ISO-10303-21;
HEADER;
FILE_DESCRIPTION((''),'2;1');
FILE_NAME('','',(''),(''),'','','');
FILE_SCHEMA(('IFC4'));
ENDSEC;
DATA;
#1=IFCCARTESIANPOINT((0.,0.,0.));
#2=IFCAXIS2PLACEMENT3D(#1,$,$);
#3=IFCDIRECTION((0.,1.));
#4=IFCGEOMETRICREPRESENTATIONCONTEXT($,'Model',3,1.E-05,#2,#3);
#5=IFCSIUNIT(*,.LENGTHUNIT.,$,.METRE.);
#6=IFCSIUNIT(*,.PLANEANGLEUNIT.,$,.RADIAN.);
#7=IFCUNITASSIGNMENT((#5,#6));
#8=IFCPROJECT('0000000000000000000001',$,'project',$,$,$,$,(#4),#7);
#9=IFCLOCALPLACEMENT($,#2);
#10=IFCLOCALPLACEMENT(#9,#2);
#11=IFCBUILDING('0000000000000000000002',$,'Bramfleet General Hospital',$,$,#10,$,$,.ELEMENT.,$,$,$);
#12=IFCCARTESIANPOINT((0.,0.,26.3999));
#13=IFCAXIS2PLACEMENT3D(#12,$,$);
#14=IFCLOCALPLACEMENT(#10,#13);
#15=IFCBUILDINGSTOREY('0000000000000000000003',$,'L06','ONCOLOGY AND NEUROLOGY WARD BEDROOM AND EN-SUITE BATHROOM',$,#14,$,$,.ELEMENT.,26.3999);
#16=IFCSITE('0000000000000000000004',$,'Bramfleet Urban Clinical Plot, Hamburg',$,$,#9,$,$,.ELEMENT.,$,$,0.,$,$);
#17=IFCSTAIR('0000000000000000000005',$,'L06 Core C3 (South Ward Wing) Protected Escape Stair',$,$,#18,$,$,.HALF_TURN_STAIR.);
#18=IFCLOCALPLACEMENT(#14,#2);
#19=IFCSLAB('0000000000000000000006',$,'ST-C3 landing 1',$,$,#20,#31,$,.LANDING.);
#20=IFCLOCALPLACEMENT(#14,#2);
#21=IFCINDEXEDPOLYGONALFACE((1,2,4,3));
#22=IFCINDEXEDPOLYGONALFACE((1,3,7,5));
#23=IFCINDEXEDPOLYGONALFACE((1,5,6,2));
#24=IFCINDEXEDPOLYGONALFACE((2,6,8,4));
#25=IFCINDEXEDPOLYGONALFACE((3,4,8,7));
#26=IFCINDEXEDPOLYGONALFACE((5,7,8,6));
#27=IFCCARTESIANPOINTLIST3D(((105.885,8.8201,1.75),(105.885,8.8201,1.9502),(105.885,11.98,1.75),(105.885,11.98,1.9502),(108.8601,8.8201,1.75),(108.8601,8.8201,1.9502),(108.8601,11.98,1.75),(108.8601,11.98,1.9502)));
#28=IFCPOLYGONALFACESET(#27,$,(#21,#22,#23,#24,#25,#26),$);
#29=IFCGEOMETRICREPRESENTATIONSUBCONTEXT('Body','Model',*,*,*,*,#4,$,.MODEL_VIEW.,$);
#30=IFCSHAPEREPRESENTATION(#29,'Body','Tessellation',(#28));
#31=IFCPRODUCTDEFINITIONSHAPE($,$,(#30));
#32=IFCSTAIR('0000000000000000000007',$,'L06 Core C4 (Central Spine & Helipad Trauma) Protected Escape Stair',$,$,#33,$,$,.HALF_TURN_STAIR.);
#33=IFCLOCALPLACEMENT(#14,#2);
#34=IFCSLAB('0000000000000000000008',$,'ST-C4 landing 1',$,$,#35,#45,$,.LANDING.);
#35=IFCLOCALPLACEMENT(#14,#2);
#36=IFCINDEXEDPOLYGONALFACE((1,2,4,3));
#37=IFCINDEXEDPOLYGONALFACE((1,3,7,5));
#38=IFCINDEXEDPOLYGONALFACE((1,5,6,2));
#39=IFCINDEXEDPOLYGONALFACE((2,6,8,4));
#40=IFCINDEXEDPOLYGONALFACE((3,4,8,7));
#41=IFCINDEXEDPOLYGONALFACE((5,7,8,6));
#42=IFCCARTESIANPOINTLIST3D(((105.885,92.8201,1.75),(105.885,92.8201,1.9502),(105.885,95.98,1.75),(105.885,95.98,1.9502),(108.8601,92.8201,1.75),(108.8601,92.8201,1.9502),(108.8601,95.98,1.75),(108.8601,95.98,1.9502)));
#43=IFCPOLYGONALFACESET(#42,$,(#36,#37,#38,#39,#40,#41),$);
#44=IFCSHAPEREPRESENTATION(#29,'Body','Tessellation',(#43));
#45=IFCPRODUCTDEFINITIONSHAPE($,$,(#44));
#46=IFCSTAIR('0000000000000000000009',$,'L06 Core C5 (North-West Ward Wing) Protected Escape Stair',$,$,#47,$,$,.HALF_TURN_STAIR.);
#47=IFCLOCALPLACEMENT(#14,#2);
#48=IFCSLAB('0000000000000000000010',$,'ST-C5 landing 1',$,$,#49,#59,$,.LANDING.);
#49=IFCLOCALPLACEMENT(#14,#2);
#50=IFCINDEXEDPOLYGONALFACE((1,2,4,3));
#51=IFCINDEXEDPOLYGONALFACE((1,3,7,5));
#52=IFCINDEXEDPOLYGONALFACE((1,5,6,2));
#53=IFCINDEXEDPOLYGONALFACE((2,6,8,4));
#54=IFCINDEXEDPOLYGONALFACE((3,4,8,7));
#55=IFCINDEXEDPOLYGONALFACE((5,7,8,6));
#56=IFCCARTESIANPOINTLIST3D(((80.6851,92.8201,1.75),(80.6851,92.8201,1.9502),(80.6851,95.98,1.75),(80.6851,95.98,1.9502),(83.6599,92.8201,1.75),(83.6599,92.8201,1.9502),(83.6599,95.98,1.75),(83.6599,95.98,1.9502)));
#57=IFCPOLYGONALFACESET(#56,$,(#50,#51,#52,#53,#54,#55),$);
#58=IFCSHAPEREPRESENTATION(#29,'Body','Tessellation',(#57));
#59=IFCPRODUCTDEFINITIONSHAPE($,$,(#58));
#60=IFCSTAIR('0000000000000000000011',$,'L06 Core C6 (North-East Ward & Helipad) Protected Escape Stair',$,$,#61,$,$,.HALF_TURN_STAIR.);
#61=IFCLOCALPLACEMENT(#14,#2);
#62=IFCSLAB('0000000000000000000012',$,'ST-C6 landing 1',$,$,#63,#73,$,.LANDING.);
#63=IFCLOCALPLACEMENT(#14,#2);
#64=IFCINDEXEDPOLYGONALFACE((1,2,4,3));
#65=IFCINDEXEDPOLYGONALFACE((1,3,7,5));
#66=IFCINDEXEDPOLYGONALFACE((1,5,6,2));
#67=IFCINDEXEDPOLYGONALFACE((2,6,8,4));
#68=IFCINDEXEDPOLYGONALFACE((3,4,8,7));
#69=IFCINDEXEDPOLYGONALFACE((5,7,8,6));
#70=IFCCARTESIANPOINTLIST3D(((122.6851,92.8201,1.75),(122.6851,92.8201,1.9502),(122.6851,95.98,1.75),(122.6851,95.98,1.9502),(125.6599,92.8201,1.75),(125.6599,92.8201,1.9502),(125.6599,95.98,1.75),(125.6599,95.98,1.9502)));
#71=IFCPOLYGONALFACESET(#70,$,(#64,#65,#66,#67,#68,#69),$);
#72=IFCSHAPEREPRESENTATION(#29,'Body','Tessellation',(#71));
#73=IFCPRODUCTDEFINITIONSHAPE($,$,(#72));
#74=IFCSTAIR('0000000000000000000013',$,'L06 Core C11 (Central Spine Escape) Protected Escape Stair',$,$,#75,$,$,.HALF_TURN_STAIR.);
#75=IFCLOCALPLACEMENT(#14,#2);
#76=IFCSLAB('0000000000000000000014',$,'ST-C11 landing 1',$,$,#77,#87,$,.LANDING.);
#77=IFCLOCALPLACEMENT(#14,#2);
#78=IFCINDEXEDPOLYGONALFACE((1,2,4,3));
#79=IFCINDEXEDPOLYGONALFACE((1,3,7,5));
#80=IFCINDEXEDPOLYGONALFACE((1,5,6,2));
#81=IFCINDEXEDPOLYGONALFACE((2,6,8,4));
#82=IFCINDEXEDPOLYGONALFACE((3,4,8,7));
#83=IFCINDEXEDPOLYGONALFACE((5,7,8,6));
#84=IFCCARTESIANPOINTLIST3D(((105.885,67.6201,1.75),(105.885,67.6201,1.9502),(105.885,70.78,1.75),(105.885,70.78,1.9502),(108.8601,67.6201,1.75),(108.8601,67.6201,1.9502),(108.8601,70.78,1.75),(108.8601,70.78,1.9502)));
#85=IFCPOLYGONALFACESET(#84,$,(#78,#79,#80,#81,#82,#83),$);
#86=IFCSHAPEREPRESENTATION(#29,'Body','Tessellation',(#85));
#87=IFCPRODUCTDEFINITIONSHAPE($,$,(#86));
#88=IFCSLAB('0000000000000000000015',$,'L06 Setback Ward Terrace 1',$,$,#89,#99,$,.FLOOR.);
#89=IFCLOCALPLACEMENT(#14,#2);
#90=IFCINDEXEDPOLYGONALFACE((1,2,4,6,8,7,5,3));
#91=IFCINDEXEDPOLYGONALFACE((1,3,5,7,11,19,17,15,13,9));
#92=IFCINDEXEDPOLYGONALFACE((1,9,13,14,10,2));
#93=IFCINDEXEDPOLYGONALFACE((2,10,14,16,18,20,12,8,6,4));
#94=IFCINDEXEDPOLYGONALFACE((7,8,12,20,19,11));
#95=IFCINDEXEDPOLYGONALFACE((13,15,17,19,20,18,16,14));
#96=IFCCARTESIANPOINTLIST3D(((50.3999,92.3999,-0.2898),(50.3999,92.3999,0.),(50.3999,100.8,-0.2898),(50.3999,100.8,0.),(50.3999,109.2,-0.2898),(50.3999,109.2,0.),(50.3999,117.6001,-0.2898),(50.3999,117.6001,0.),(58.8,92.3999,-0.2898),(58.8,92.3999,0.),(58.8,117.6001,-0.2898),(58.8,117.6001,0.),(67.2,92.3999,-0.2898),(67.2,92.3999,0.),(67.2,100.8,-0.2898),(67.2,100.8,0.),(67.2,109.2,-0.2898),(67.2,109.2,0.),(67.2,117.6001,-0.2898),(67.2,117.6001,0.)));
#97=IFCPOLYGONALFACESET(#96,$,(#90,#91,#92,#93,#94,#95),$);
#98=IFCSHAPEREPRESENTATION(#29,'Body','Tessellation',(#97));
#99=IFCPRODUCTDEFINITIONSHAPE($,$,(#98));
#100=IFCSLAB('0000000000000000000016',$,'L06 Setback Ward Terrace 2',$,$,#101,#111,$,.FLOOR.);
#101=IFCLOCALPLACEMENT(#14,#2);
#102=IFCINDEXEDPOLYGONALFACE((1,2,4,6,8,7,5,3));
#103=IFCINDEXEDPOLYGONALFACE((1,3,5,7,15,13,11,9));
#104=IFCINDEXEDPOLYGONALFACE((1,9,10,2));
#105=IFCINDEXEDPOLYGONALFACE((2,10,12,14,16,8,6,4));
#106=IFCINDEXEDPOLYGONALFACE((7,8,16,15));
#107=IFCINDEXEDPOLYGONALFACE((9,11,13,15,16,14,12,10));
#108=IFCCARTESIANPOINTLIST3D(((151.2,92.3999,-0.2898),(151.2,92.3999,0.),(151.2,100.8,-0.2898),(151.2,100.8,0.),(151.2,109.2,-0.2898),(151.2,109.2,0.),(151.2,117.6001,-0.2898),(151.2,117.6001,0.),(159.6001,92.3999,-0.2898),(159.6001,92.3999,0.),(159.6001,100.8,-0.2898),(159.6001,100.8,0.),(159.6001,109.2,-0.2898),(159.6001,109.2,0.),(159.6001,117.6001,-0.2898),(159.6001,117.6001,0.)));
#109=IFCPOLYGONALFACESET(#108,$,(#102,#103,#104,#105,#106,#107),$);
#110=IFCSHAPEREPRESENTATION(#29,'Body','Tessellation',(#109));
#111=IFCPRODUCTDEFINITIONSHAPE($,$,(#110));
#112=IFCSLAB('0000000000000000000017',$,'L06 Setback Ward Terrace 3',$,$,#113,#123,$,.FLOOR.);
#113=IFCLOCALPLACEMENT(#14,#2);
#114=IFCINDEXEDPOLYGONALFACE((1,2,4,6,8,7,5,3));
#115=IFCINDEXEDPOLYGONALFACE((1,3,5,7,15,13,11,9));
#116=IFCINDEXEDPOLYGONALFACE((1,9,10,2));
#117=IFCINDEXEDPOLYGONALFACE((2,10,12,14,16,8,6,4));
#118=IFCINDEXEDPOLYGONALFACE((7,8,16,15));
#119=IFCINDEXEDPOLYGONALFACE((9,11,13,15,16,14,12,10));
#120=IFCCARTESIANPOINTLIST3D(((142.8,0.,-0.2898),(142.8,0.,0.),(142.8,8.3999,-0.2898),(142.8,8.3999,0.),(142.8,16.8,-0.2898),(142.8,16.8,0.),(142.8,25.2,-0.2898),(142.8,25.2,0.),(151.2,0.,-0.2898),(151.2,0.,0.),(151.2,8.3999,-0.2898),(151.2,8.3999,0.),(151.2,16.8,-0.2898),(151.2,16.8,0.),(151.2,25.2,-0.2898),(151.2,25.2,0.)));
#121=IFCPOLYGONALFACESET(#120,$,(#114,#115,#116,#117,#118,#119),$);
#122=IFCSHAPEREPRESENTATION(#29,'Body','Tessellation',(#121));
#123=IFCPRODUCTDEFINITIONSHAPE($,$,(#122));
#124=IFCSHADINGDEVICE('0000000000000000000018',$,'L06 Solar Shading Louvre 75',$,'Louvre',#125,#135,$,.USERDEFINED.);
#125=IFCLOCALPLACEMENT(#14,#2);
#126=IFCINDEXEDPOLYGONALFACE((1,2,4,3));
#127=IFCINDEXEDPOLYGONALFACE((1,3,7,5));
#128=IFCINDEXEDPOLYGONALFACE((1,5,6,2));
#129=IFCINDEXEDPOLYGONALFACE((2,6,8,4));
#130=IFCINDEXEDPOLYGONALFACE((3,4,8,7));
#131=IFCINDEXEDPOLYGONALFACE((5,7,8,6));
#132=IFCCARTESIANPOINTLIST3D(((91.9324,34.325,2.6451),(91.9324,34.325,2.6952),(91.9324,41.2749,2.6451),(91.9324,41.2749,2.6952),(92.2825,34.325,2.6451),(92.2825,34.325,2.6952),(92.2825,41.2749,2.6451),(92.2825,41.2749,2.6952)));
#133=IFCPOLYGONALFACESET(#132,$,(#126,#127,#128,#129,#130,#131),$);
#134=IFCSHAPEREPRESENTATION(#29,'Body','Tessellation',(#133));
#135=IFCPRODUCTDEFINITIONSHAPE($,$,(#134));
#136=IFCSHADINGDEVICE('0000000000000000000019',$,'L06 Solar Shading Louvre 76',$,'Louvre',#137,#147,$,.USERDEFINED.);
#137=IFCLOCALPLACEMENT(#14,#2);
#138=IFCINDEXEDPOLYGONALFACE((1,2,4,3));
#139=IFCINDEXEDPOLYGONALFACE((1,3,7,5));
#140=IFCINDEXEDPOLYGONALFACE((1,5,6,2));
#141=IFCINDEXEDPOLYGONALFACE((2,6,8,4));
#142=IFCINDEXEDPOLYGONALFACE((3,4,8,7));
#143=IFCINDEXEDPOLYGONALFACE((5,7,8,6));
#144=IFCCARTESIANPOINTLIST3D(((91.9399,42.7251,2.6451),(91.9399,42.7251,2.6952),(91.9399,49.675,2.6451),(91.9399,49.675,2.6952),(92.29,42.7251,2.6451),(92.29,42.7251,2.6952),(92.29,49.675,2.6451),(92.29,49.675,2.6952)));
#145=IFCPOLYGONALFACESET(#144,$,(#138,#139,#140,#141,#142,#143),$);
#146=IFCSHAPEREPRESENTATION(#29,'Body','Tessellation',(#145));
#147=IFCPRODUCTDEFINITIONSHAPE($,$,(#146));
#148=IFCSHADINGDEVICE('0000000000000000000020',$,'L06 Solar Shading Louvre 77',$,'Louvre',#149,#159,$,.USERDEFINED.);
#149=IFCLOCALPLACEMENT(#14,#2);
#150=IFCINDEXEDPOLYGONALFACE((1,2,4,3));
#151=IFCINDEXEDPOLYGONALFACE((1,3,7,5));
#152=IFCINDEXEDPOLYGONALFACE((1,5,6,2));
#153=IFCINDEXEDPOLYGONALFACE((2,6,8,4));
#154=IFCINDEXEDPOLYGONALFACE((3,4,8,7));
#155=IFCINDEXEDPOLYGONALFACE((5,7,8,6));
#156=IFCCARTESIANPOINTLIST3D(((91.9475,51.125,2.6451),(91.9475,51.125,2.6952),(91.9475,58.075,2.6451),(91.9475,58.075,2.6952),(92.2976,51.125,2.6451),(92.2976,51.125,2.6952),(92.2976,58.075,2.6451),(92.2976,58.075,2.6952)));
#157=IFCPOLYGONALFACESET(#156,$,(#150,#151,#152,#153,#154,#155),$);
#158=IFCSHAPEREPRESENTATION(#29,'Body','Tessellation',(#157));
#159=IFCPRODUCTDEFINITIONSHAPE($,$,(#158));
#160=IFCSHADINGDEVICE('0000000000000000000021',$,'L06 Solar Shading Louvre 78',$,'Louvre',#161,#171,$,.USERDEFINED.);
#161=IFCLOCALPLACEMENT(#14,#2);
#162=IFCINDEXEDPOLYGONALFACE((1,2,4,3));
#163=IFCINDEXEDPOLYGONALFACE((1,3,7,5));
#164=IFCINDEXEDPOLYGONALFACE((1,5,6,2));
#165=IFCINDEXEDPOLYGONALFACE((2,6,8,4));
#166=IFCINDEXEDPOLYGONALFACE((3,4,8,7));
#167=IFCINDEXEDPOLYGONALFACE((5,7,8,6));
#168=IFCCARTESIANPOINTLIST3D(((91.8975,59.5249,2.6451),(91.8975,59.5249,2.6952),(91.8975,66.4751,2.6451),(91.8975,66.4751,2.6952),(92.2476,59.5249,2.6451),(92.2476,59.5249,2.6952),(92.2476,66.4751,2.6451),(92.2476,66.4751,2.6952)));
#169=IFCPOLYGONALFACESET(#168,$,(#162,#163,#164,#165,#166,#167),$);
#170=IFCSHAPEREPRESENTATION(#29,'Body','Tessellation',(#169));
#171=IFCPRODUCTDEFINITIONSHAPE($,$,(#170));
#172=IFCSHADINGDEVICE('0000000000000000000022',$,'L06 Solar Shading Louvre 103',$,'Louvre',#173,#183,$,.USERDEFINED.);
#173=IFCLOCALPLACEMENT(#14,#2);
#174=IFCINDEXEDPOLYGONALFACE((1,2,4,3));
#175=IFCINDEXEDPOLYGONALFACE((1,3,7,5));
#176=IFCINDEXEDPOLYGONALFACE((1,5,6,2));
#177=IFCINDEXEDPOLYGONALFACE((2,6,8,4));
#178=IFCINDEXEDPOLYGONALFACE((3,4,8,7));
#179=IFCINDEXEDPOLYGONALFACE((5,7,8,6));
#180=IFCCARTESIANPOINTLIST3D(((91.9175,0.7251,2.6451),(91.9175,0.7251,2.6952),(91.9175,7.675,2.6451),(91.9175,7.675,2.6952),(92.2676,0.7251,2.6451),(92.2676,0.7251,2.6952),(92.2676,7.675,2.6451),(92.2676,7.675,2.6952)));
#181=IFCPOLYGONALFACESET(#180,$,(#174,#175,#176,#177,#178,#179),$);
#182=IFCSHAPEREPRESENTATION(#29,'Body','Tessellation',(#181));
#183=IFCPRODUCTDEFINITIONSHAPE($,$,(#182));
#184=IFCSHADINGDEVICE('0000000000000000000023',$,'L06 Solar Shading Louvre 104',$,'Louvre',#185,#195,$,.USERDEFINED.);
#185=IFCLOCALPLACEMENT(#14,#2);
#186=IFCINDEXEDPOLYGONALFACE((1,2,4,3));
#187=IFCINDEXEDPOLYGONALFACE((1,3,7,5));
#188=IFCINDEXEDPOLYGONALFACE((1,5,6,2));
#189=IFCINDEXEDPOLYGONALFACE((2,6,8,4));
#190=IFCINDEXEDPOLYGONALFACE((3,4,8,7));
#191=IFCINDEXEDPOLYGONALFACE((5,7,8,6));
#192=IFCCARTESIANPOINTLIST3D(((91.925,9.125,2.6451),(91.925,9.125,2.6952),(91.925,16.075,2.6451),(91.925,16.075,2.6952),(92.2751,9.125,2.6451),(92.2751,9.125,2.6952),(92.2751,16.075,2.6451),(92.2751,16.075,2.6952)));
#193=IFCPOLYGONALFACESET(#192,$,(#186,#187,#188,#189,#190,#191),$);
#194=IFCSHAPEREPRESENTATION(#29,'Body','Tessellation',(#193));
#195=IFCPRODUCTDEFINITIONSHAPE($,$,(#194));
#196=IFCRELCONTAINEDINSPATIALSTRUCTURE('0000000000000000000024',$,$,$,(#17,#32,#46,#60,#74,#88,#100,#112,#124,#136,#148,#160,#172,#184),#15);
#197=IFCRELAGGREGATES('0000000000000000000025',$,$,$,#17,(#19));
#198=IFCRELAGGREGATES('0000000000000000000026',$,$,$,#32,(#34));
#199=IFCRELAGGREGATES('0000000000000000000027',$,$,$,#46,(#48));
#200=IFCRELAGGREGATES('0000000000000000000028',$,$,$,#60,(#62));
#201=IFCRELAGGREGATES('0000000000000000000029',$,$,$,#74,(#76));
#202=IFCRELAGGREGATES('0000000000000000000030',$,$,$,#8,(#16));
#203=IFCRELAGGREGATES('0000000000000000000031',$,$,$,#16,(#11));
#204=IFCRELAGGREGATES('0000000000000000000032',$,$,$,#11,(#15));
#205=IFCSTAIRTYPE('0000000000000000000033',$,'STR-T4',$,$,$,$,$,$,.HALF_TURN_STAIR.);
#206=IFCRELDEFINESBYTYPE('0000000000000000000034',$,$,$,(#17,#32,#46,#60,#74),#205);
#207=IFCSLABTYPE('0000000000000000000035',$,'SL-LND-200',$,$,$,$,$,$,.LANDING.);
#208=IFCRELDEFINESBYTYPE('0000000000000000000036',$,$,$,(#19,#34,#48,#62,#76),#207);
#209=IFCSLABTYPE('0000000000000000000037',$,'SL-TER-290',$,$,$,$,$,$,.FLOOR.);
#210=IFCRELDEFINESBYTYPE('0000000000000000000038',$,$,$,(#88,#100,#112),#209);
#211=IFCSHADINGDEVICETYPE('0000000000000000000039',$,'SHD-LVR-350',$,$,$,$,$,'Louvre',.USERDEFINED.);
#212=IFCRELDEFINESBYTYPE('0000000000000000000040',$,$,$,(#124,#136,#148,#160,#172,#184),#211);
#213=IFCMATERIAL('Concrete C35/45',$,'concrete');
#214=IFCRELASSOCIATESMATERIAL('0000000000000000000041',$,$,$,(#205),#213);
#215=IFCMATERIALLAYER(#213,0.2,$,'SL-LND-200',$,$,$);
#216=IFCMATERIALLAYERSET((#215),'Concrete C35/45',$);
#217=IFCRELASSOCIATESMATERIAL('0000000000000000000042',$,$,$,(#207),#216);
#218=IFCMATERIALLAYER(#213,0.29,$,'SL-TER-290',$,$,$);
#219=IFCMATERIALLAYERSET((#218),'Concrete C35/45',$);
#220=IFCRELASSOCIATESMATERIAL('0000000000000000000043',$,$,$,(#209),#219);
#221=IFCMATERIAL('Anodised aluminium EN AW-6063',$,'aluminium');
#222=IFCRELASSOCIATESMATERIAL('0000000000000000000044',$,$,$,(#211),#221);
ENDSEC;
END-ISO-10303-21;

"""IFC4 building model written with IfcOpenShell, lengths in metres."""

from ifc_helpers import new_model, si_unit, direction, frame, origin, origin_2d, place, context, subcontext, project, spatial, polyline, rectangle, outline, extrude, material, layer, layer_set, material_profile, profile_set, type_object, element, aggregate, save


model = new_model("IFC4")

# Units and contexts
model_context = context("Model", 3, precision=1e-05, world=origin(), true_north=direction((0.0, 1.0)))
body_context = subcontext(model_context, "Body", "Model", "MODEL_VIEW")
ifc_project = project(units=[si_unit("LENGTHUNIT", "METRE"), si_unit("PLANEANGLEUNIT", "RADIAN")], contexts=[model_context])

# Site, building, storey
site_placement = place(None, origin())
site = spatial("IfcSite", under=ifc_project, at=site_placement, Name="Bramfleet Urban Clinical Plot, Hamburg", CompositionType="ELEMENT", RefElevation=0.0)
building_placement = place(site_placement, origin())
building = spatial("IfcBuilding", under=site, at=building_placement, Name="Bramfleet General Hospital", CompositionType="ELEMENT")
storey_placement = place(building_placement, frame((0.0, 0.0, 26.3999)))
storey = spatial("IfcBuildingStorey", under=building, at=storey_placement, Name="L06", Description="ONCOLOGY AND NEUROLOGY WARD BEDROOM AND EN-SUITE BATHROOM", CompositionType="ELEMENT", Elevation=26.3999)

# Shared definitions
ifc_material_1 = material(Name="Concrete C35/45", Category="concrete")

# Stairs, slabs
stair_type = type_object("IfcStairType", Name="STR-T4", PredefinedType="HALF_TURN_STAIR", material=ifc_material_1)
stair_1_placement = place(storey_placement, origin())
stair_1 = element("IfcStair", 1, at=stair_1_placement, inside=storey, type_object=stair_type, Name="L06 Core C3 (South Ward Wing) Protected Escape Stair", PredefinedType="HALF_TURN_STAIR")
ifc_layer_1 = layer(ifc_material_1, 0.2, Name="SL-LND-200")
ifc_layer_set_1 = layer_set([ifc_layer_1], Name="Concrete C35/45")
slab_type_1 = type_object("IfcSlabType", Name="SL-LND-200", PredefinedType="LANDING", material=ifc_layer_set_1)
slab_1_placement = place(storey_placement, frame((0.0, 0.0, 1.75)))
slab_1 = element("IfcSlab", 2, at=slab_1_placement, type_object=slab_type_1, Name="ST-C3 landing 1", PredefinedType="LANDING", context=body_context, shape_type="SweptSolid", body=[
    extrude(outline(polyline([(105.885, 8.8201), (108.8601, 8.8201), (108.8601, 11.98), (105.885, 11.98), (105.885, 8.8201)])), origin(), (0.0, 0.0, 1.0), 0.2002),
])
aggregate(stair_1, [slab_1])
stair_2_placement = place(storey_placement, origin())
stair_2 = element("IfcStair", 3, at=stair_2_placement, inside=storey, type_object=stair_type, Name="L06 Core C4 (Central Spine & Helipad Trauma) Protected Escape Stair", PredefinedType="HALF_TURN_STAIR")
slab_2_placement = place(storey_placement, frame((0.0, 0.0, 1.75)))
slab_2 = element("IfcSlab", 4, at=slab_2_placement, type_object=slab_type_1, Name="ST-C4 landing 1", PredefinedType="LANDING", context=body_context, shape_type="SweptSolid", body=[
    extrude(outline(polyline([(105.885, 92.8201), (108.8601, 92.8201), (108.8601, 95.98), (105.885, 95.98), (105.885, 92.8201)])), origin(), (0.0, 0.0, 1.0), 0.2002),
])
aggregate(stair_2, [slab_2])
stair_3_placement = place(storey_placement, origin())
stair_3 = element("IfcStair", 5, at=stair_3_placement, inside=storey, type_object=stair_type, Name="L06 Core C5 (North-West Ward Wing) Protected Escape Stair", PredefinedType="HALF_TURN_STAIR")
slab_3_placement = place(storey_placement, frame((0.0, 0.0, 1.75)))
slab_3 = element("IfcSlab", 6, at=slab_3_placement, type_object=slab_type_1, Name="ST-C5 landing 1", PredefinedType="LANDING", context=body_context, shape_type="SweptSolid", body=[
    extrude(outline(polyline([(80.6851, 92.8201), (83.6599, 92.8201), (83.6599, 95.98), (80.6851, 95.98), (80.6851, 92.8201)])), origin(), (0.0, 0.0, 1.0), 0.2002),
])
aggregate(stair_3, [slab_3])
stair_4_placement = place(storey_placement, origin())
stair_4 = element("IfcStair", 7, at=stair_4_placement, inside=storey, type_object=stair_type, Name="L06 Core C6 (North-East Ward & Helipad) Protected Escape Stair", PredefinedType="HALF_TURN_STAIR")
slab_4_placement = place(storey_placement, frame((0.0, 0.0, 1.75)))
slab_4 = element("IfcSlab", 8, at=slab_4_placement, type_object=slab_type_1, Name="ST-C6 landing 1", PredefinedType="LANDING", context=body_context, shape_type="SweptSolid", body=[
    extrude(outline(polyline([(122.6851, 92.8201), (125.6599, 92.8201), (125.6599, 95.98), (122.6851, 95.98), (122.6851, 92.8201)])), origin(), (0.0, 0.0, 1.0), 0.2002),
])
aggregate(stair_4, [slab_4])
stair_5_placement = place(storey_placement, origin())
stair_5 = element("IfcStair", 9, at=stair_5_placement, inside=storey, type_object=stair_type, Name="L06 Core C11 (Central Spine Escape) Protected Escape Stair", PredefinedType="HALF_TURN_STAIR")
slab_5_placement = place(storey_placement, frame((0.0, 0.0, 1.75)))
slab_5 = element("IfcSlab", 10, at=slab_5_placement, type_object=slab_type_1, Name="ST-C11 landing 1", PredefinedType="LANDING", context=body_context, shape_type="SweptSolid", body=[
    extrude(outline(polyline([(105.885, 67.6201), (108.8601, 67.6201), (108.8601, 70.78), (105.885, 70.78), (105.885, 67.6201)])), origin(), (0.0, 0.0, 1.0), 0.2002),
])
aggregate(stair_5, [slab_5])

# Slabs
ifc_layer_2 = layer(ifc_material_1, 0.29, Name="SL-TER-290")
ifc_layer_set_2 = layer_set([ifc_layer_2], Name="Concrete C35/45")
slab_type_2 = type_object("IfcSlabType", Name="SL-TER-290", PredefinedType="FLOOR", material=ifc_layer_set_2)
slab_6_placement = place(storey_placement, frame((0.0, 0.0, -0.2898)))
element("IfcSlab", 11, at=slab_6_placement, inside=storey, type_object=slab_type_2, Name="L06 Setback Ward Terrace 1", PredefinedType="FLOOR", context=body_context, shape_type="SweptSolid", body=[
    extrude(outline(polyline([(58.8, 92.3999), (50.3999, 92.3999), (50.3999, 100.8), (50.3999, 109.2), (50.3999, 117.6001), (58.8, 117.6001), (67.2, 117.6001), (67.2, 109.2), (67.2, 100.8), (67.2, 92.3999), (58.8, 92.3999)])), origin(), (0.0, 0.0, 1.0), 0.2898),
])
slab_7_placement = place(storey_placement, frame((0.0, 0.0, -0.2898)))
element("IfcSlab", 12, at=slab_7_placement, inside=storey, type_object=slab_type_2, Name="L06 Setback Ward Terrace 2", PredefinedType="FLOOR", context=body_context, shape_type="SweptSolid", body=[
    extrude(outline(polyline([(159.6001, 117.6001), (159.6001, 109.2), (159.6001, 100.8), (159.6001, 92.3999), (151.2, 92.3999), (151.2, 100.8), (151.2, 109.2), (151.2, 117.6001), (159.6001, 117.6001)])), origin(), (0.0, 0.0, 1.0), 0.2898),
])
slab_8_placement = place(storey_placement, frame((0.0, 0.0, -0.2898)))
element("IfcSlab", 13, at=slab_8_placement, inside=storey, type_object=slab_type_2, Name="L06 Setback Ward Terrace 3", PredefinedType="FLOOR", context=body_context, shape_type="SweptSolid", body=[
    extrude(outline(polyline([(151.2, 25.2), (151.2, 16.8), (151.2, 8.3999), (151.2, 0.0), (142.8, 0.0), (142.8, 8.3999), (142.8, 16.8), (142.8, 25.2), (151.2, 25.2)])), origin(), (0.0, 0.0, 1.0), 0.2898),
])

# Shading devices
ifc_material_2 = material(Name="Anodised aluminium EN AW-6063", Category="aluminium")
ifc_material_profile_1 = material_profile(ifc_material_2, rectangle(XDim=0.05, YDim=0.3501, at=origin_2d()), Name="ALU LOUVRE 350x50")
ifc_profile_set_1 = profile_set([ifc_material_profile_1], Name="Anodised aluminium EN AW-6063")
shading_device_type = type_object("IfcShadingDeviceType", Name="SHD-LVR-350", ElementType="Louvre", PredefinedType="USERDEFINED", material=ifc_profile_set_1)
for number, where, z_axis, x_axis, name in (
    (14, (92.1074, 34.325, 2.6702), (0.0, 1.0, 0.0), (0.0, 0.0, 1.0), "L06 Solar Shading Louvre 75"),
    (15, (92.115, 42.7251, 2.6702), (0.0, 1.0, 0.0), (0.0, 0.0, 1.0), "L06 Solar Shading Louvre 76"),
    (16, (92.1226, 51.125, 2.6702), (0.0, 1.0, 0.0), (0.0, 0.0, 1.0), "L06 Solar Shading Louvre 77"),
):
    element("IfcShadingDevice", number, at=place(storey_placement, frame(where, z_axis=z_axis, x_axis=x_axis)), inside=storey, type_object=shading_device_type, Name=name, ObjectType="Louvre", PredefinedType="USERDEFINED", context=body_context, shape_type="SweptSolid", body=[
        extrude(rectangle(XDim=0.05, YDim=0.3501, at=origin_2d()), origin(), (0.0, 0.0, 1.0), 6.95),
    ])
shading_device_1_placement = place(storey_placement, frame((92.0725, 59.5249, 2.6702), z_axis=(0.0, 1.0, 0.0), x_axis=(0.0, 0.0, 1.0)))
element("IfcShadingDevice", 17, at=shading_device_1_placement, inside=storey, type_object=shading_device_type, Name="L06 Solar Shading Louvre 78", ObjectType="Louvre", PredefinedType="USERDEFINED", context=body_context, shape_type="SweptSolid", body=[
    extrude(rectangle(XDim=0.05, YDim=0.3501, at=origin_2d()), origin(), (0.0, 0.0, 1.0), 6.9502),
])
for number, where, z_axis, x_axis, name in (
    (18, (92.0925, 0.7251, 2.6702), (0.0, 1.0, 0.0), (0.0, 0.0, 1.0), "L06 Solar Shading Louvre 103"),
    (19, (92.1001, 9.125, 2.6702), (0.0, 1.0, 0.0), (0.0, 0.0, 1.0), "L06 Solar Shading Louvre 104"),
):
    element("IfcShadingDevice", number, at=place(storey_placement, frame(where, z_axis=z_axis, x_axis=x_axis)), inside=storey, type_object=shading_device_type, Name=name, ObjectType="Louvre", PredefinedType="USERDEFINED", context=body_context, shape_type="SweptSolid", body=[
        extrude(rectangle(XDim=0.05, YDim=0.3501, at=origin_2d()), origin(), (0.0, 0.0, 1.0), 6.95),
    ])

save(model, "model.ifc")
